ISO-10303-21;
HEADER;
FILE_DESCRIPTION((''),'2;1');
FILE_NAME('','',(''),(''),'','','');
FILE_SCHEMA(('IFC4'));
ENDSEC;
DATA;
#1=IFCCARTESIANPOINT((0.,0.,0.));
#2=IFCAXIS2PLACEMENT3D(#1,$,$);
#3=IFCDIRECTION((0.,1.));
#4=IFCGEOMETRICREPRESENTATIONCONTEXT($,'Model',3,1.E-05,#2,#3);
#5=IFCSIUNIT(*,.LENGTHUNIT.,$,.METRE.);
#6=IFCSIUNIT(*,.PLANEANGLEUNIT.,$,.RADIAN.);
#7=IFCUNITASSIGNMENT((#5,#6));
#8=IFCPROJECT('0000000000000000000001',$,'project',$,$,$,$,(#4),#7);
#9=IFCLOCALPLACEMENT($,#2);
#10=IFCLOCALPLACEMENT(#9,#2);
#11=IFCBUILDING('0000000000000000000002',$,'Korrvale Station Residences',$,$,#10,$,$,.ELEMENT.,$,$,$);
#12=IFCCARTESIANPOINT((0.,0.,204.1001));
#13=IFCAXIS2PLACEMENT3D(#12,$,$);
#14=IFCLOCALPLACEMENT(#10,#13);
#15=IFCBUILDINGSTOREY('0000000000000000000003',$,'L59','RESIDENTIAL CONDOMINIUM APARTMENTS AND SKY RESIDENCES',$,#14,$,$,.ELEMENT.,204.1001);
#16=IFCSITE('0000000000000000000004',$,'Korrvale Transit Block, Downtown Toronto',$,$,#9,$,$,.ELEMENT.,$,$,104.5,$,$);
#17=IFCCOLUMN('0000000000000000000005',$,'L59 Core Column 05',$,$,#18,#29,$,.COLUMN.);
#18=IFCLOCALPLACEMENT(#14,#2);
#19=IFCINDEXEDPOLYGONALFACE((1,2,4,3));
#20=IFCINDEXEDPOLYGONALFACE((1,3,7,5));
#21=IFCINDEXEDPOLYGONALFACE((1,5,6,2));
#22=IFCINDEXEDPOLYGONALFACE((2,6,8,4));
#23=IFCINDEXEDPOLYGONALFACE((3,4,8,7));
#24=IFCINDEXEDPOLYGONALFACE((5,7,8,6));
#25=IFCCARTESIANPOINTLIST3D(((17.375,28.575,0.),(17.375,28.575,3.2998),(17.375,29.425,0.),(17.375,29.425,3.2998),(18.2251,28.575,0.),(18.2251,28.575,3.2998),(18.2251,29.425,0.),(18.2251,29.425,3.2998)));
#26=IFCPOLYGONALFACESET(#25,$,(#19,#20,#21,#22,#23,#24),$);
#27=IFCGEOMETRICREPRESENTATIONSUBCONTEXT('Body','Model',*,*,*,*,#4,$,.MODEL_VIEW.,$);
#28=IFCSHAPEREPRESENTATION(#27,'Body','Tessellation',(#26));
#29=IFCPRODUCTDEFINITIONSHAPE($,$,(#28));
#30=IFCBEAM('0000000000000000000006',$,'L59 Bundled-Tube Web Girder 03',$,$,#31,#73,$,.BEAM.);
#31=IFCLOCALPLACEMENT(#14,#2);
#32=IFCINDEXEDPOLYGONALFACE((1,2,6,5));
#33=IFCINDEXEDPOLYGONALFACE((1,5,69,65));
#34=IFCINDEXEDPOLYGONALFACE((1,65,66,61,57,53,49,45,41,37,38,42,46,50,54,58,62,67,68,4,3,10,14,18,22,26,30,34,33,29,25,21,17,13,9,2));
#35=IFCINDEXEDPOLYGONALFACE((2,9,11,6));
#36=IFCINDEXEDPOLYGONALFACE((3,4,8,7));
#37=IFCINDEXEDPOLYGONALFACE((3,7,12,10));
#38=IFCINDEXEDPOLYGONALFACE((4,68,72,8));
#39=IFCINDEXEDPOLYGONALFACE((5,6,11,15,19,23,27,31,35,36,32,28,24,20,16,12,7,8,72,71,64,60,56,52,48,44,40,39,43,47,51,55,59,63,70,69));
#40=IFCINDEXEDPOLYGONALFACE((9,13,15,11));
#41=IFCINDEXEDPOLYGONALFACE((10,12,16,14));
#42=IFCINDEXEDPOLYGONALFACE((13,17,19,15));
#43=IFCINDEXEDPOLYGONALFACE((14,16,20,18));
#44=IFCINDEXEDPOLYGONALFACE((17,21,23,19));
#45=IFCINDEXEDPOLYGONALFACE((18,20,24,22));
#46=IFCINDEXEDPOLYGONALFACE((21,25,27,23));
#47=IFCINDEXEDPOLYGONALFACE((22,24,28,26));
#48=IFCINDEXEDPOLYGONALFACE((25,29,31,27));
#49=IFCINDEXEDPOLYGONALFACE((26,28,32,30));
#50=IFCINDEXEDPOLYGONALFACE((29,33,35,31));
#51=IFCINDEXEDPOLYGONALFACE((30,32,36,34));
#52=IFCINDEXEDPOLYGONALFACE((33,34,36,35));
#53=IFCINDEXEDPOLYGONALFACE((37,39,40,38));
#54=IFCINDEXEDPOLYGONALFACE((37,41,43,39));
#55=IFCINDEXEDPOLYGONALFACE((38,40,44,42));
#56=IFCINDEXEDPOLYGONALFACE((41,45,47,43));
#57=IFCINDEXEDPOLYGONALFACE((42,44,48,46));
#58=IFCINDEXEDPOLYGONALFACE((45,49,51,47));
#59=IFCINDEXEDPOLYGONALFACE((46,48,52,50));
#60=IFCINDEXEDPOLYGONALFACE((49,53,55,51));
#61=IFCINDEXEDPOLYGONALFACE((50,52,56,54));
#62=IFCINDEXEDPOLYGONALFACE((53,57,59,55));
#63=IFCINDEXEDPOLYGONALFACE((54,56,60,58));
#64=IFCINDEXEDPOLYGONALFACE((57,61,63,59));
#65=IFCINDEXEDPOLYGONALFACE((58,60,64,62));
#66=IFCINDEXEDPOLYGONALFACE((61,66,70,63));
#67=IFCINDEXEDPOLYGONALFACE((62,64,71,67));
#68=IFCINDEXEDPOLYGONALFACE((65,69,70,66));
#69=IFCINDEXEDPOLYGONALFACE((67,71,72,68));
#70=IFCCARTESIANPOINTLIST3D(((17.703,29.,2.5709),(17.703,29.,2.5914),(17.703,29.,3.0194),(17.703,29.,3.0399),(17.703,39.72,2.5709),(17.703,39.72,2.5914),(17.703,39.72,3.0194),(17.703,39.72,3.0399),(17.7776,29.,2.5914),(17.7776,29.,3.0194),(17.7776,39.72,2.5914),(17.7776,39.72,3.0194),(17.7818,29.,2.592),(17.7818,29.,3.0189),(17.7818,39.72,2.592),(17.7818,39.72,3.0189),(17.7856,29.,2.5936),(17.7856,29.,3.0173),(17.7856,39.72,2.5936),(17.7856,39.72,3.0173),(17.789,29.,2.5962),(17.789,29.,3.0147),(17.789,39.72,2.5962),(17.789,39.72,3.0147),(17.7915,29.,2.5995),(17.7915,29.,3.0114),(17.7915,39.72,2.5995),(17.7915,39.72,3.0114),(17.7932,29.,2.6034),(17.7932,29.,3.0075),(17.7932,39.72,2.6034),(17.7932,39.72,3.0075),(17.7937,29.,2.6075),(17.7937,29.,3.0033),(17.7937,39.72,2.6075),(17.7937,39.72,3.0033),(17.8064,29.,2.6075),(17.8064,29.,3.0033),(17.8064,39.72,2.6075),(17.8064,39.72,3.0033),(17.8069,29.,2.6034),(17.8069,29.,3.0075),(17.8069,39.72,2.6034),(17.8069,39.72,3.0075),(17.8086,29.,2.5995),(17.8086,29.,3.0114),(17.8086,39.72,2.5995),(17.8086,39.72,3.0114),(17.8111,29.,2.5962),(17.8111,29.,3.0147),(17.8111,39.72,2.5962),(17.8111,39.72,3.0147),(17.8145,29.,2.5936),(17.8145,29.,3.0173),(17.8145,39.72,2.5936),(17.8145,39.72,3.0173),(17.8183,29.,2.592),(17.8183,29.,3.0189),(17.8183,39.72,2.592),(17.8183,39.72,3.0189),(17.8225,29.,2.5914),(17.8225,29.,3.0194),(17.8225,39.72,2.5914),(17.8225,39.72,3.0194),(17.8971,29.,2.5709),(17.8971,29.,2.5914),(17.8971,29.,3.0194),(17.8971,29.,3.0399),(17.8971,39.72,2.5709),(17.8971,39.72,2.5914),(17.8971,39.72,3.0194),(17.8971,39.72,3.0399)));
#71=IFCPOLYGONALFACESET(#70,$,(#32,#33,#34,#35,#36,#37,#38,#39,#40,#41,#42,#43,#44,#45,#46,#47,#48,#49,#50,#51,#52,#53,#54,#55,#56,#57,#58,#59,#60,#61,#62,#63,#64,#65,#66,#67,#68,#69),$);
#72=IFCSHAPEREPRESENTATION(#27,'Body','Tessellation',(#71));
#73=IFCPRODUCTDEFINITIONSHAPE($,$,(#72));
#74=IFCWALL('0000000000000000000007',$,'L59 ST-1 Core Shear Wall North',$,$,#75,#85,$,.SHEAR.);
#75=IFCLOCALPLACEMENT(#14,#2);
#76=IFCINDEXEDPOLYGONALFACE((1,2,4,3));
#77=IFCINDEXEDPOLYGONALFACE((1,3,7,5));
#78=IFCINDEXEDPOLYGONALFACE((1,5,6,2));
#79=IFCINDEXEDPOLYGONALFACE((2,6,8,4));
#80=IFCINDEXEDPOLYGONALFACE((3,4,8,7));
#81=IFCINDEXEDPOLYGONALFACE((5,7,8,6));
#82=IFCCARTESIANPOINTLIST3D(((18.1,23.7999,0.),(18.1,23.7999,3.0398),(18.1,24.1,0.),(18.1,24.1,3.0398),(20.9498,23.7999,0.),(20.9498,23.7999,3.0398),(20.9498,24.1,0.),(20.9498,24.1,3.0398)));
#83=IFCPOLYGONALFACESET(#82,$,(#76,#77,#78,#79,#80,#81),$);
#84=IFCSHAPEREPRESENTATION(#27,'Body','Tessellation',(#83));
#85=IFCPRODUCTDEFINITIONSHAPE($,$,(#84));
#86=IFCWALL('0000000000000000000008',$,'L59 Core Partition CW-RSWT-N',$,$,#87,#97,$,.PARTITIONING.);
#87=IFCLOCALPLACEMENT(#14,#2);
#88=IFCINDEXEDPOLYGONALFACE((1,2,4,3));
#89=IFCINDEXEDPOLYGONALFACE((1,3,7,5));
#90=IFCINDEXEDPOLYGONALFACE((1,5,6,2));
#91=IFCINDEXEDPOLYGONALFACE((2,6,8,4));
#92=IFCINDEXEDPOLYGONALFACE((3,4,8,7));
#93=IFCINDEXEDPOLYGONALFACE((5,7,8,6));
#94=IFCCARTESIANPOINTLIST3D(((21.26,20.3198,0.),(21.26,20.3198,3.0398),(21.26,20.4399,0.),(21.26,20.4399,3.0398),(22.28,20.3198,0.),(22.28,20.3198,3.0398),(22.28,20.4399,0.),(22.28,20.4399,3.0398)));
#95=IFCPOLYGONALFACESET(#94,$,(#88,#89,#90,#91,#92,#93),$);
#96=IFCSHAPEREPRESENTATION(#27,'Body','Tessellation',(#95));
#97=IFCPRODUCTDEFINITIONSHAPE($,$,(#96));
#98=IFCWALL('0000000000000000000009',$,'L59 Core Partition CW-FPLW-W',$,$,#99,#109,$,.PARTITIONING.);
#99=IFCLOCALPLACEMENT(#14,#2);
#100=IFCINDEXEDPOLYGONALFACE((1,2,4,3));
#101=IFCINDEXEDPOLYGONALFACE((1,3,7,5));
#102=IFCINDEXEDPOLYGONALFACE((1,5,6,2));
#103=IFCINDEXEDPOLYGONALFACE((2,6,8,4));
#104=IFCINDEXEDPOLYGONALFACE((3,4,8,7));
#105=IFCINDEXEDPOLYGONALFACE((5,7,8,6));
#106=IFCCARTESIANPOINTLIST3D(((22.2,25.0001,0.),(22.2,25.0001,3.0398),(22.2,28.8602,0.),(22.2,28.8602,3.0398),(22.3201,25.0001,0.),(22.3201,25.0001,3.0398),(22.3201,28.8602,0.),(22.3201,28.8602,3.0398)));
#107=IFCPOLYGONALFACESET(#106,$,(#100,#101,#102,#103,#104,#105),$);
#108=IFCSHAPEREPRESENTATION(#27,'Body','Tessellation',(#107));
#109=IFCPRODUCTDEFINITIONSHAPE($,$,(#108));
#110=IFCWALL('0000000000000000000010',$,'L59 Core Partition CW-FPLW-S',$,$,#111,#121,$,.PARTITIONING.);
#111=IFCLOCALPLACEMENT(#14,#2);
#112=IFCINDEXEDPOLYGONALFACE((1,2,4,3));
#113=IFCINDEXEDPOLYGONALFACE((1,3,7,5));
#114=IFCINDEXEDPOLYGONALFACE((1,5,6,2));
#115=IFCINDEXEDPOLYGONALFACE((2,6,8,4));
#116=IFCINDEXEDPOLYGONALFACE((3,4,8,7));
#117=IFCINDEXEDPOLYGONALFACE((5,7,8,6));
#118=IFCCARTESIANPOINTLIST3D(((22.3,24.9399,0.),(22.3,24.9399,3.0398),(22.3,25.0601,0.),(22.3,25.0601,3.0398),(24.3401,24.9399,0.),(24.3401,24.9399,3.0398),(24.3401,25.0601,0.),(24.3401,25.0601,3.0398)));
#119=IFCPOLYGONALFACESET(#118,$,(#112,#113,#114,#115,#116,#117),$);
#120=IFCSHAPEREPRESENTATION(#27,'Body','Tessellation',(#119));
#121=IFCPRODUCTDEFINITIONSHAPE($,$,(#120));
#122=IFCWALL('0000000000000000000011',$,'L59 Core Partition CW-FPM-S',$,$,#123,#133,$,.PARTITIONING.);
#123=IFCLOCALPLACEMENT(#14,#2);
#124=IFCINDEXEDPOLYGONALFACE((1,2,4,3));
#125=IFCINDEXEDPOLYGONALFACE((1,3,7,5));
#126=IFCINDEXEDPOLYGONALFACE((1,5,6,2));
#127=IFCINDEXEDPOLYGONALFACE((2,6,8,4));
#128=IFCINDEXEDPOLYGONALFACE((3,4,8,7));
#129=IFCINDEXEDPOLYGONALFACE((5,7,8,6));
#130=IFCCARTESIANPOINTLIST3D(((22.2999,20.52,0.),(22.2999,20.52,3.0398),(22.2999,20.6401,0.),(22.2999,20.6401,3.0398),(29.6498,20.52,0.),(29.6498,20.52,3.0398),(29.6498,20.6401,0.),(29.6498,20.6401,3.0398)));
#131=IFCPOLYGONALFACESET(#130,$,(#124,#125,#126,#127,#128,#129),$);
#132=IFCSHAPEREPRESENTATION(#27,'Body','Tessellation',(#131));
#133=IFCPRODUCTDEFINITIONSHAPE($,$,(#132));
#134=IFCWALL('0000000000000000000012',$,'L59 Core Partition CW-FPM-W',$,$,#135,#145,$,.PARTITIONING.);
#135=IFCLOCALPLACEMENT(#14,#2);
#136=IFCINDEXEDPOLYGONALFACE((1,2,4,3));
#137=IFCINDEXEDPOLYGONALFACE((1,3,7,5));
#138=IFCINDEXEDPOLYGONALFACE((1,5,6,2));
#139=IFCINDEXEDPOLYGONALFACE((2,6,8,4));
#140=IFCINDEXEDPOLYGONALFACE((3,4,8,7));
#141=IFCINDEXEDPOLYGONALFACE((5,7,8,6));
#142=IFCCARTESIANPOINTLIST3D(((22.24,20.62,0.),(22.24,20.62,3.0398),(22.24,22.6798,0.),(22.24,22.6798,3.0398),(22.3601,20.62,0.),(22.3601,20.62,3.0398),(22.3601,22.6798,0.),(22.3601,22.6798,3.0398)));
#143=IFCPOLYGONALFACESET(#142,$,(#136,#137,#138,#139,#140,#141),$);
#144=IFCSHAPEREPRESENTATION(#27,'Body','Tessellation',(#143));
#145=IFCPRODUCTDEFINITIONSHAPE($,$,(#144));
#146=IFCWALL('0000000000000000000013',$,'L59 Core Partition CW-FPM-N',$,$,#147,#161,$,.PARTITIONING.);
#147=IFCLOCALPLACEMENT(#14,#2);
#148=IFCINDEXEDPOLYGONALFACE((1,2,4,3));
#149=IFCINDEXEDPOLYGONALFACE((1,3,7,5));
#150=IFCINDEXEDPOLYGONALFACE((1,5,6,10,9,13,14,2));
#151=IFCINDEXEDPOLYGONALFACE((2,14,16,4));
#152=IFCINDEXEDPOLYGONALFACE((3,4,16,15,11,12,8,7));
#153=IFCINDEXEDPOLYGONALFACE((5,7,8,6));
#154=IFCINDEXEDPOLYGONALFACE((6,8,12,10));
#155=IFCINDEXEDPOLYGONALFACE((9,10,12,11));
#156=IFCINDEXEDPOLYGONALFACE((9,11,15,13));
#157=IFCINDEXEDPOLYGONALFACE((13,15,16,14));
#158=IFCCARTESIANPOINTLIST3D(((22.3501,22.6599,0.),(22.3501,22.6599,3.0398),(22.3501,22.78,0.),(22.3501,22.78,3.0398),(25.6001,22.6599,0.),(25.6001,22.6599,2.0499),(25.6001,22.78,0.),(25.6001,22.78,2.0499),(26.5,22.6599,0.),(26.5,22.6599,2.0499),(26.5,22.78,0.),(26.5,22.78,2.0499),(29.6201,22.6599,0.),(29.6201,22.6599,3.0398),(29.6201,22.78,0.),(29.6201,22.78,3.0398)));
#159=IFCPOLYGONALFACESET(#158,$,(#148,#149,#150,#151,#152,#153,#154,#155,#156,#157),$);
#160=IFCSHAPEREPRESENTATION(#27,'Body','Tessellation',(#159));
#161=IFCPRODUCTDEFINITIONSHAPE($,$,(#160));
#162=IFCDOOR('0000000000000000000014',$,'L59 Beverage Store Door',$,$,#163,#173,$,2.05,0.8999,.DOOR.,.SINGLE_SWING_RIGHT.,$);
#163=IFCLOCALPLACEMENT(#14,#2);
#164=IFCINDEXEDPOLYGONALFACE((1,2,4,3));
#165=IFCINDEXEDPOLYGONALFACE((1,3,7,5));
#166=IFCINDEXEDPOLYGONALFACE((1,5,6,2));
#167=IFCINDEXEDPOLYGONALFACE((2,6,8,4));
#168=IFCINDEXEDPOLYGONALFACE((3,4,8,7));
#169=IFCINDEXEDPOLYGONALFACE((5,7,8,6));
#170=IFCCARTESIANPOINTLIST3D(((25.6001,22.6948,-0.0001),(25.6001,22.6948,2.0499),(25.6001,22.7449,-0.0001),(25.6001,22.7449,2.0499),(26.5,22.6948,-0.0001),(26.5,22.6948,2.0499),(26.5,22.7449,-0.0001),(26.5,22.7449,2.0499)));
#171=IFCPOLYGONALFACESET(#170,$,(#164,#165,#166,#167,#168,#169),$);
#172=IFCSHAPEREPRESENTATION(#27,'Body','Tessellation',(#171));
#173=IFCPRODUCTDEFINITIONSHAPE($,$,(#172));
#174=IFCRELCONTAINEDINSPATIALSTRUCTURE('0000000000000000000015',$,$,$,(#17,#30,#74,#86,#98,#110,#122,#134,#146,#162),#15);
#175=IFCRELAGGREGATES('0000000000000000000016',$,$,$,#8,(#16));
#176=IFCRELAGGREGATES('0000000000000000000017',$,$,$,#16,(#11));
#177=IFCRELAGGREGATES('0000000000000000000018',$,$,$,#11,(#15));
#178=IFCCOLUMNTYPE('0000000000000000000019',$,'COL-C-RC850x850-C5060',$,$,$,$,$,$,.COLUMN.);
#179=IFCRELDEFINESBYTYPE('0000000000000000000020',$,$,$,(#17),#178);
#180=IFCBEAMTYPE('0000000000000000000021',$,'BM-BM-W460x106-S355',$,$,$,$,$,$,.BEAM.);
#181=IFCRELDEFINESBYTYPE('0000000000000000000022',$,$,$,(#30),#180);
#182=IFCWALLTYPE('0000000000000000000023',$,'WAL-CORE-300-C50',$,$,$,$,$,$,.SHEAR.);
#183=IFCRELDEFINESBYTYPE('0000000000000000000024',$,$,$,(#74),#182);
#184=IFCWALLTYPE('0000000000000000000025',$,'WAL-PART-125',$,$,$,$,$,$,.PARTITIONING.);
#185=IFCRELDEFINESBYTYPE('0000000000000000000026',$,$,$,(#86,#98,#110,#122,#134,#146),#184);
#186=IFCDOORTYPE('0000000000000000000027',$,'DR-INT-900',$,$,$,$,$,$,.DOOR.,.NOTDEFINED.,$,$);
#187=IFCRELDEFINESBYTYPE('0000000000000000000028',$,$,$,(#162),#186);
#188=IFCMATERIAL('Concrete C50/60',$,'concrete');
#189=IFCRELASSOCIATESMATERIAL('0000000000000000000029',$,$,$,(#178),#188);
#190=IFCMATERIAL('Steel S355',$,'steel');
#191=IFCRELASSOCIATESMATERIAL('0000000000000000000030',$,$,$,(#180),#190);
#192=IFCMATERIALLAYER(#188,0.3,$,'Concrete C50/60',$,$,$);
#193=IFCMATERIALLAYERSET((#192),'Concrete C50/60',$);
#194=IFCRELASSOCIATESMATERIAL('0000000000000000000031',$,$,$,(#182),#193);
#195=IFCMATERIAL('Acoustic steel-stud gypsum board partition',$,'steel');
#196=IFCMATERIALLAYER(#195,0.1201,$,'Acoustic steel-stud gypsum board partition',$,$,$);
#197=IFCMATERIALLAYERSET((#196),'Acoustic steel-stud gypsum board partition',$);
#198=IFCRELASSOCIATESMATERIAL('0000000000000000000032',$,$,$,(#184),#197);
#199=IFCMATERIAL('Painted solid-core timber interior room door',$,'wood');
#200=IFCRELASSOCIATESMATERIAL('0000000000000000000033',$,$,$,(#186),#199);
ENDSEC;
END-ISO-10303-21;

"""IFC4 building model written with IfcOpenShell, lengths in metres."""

from ifc_helpers import new_model, si_unit, direction, frame, frame_2d, origin, origin_2d, place, context, subcontext, project, spatial, rectangle, i_section, extrude, material, layer, layer_set, material_profile, profile_set, type_object, element, fill, save


model = new_model("IFC4")

# Units and contexts
model_context = context("Model", 3, precision=1e-05, world=origin(), true_north=direction((0.0, 1.0)))
body_context = subcontext(model_context, "Body", "Model", "MODEL_VIEW")
ifc_project = project(units=[si_unit("LENGTHUNIT", "METRE"), si_unit("PLANEANGLEUNIT", "RADIAN")], contexts=[model_context])

# Site, building, storey
site_placement = place(None, origin())
site = spatial("IfcSite", under=ifc_project, at=site_placement, Name="Korrvale Transit Block, Downtown Toronto", CompositionType="ELEMENT", RefElevation=104.5)
building_placement = place(site_placement, origin())
building = spatial("IfcBuilding", under=site, at=building_placement, Name="Korrvale Station Residences", CompositionType="ELEMENT")
storey_placement = place(building_placement, frame((0.0, 0.0, 204.1001)))
storey = spatial("IfcBuildingStorey", under=building, at=storey_placement, Name="L59", Description="RESIDENTIAL CONDOMINIUM APARTMENTS AND SKY RESIDENCES", CompositionType="ELEMENT", Elevation=204.1001)

# Column
ifc_material_1 = material(Name="Concrete C50/60", Category="concrete")
ifc_material_profile_1 = material_profile(ifc_material_1, rectangle(XDim=0.8501, YDim=0.8501, at=origin_2d()), Name="RC850x850")
ifc_profile_set_1 = profile_set([ifc_material_profile_1], Name="Concrete C50/60")
column_type = type_object("IfcColumnType", Name="COL-C-RC850x850-C5060", PredefinedType="COLUMN", material=ifc_profile_set_1)
column_placement = place(storey_placement, frame((17.8, 29.0, 0.0), z_axis=(0.0, 0.0, 1.0), x_axis=(1.0, 0.0, 0.0)))
element("IfcColumn", 1, at=column_placement, inside=storey, type_object=column_type, Name="L59 Core Column 05", PredefinedType="COLUMN", context=body_context, shape_type="SweptSolid", body=[
    extrude(rectangle(XDim=0.8501, YDim=0.8501, at=origin_2d()), origin(), (0.0, 0.0, 1.0), 3.2998),
])

# Beam
ifc_material_2 = material(Name="Steel S355", Category="steel")
ifc_material_profile_2 = material_profile(ifc_material_2, i_section(OverallWidth=0.1941, OverallDepth=0.469, WebThickness=0.0127, FlangeThickness=0.0205, FilletRadius=0.0161, at=origin_2d()), Name="W460x106")
ifc_profile_set_2 = profile_set([ifc_material_profile_2], Name="Steel S355")
beam_type = type_object("IfcBeamType", Name="BM-BM-W460x106-S355", PredefinedType="BEAM", material=ifc_profile_set_2)
beam_placement = place(storey_placement, frame((17.8, 29.0, 2.8054), z_axis=(0.0, 1.0, 0.0), x_axis=(-1.0, 0.0, 0.0)))
element("IfcBeam", 2, at=beam_placement, inside=storey, type_object=beam_type, Name="L59 Bundled-Tube Web Girder 03", PredefinedType="BEAM", context=body_context, shape_type="SweptSolid", body=[
    extrude(i_section(OverallWidth=0.1941, OverallDepth=0.469, WebThickness=0.0127, FlangeThickness=0.0205, FilletRadius=0.0161, at=origin_2d()), origin(), (0.0, 0.0, 1.0), 10.72),
])

# Walls
ifc_layer_1 = layer(ifc_material_1, 0.3, Name="Concrete C50/60")
ifc_layer_set_1 = layer_set([ifc_layer_1], Name="Concrete C50/60")
wall_type_1 = type_object("IfcWallType", Name="WAL-CORE-300-C50", PredefinedType="SHEAR", material=ifc_layer_set_1)
wall_1_placement = place(storey_placement, frame((18.1001, 23.95, 0.0), z_axis=(0.0, 0.0, 1.0), x_axis=(1.0, 0.0, 0.0)))
element("IfcWall", 3, at=wall_1_placement, inside=storey, type_object=wall_type_1, Name="L59 ST-1 Core Shear Wall North", PredefinedType="SHEAR", context=body_context, shape_type="SweptSolid", body=[
    extrude(rectangle(XDim=2.8499, YDim=0.3, at=frame_2d((1.4248, 0.0))), origin(), (0.0, 0.0, 1.0), 3.0398),
])
ifc_material_3 = material(Name="Acoustic steel-stud gypsum board partition", Category="steel")
ifc_layer_2 = layer(ifc_material_3, 0.1201, Name="Acoustic steel-stud gypsum board partition")
ifc_layer_set_2 = layer_set([ifc_layer_2], Name="Acoustic steel-stud gypsum board partition")
wall_type_2 = type_object("IfcWallType", Name="WAL-PART-125", PredefinedType="PARTITIONING", material=ifc_layer_set_2)
wall_2_placement = place(storey_placement, frame((22.28, 20.3799, 0.0), z_axis=(0.0, 0.0, 1.0), x_axis=(-1.0, 0.0, 0.0)))
element("IfcWall", 4, at=wall_2_placement, inside=storey, type_object=wall_type_2, Name="L59 Core Partition CW-RSWT-N", PredefinedType="PARTITIONING", context=body_context, shape_type="SweptSolid", body=[
    extrude(rectangle(XDim=1.02, YDim=0.1201, at=frame_2d((0.51, 0.0))), origin(), (0.0, 0.0, 1.0), 3.0398),
])
wall_3_placement = place(storey_placement, frame((22.26, 25.0, 0.0), z_axis=(0.0, 0.0, 1.0), x_axis=(0.0, 1.0, 0.0)))
element("IfcWall", 5, at=wall_3_placement, inside=storey, type_object=wall_type_2, Name="L59 Core Partition CW-FPLW-W", PredefinedType="PARTITIONING", context=body_context, shape_type="SweptSolid", body=[
    extrude(rectangle(XDim=3.8601, YDim=0.1201, at=frame_2d((1.9302, 0.0))), origin(), (0.0, 0.0, 1.0), 3.0398),
])
wall_4_placement = place(storey_placement, frame((22.3, 25.0, 0.0), z_axis=(0.0, 0.0, 1.0), x_axis=(1.0, 0.0, 0.0)))
element("IfcWall", 6, at=wall_4_placement, inside=storey, type_object=wall_type_2, Name="L59 Core Partition CW-FPLW-S", PredefinedType="PARTITIONING", context=body_context, shape_type="SweptSolid", body=[
    extrude(rectangle(XDim=2.04, YDim=0.1201, at=frame_2d((1.02, 0.0))), origin(), (0.0, 0.0, 1.0), 3.0398),
])
wall_5_placement = place(storey_placement, frame((22.3, 20.5801, 0.0), z_axis=(0.0, 0.0, 1.0), x_axis=(1.0, 0.0, 0.0)))
element("IfcWall", 7, at=wall_5_placement, inside=storey, type_object=wall_type_2, Name="L59 Core Partition CW-FPM-S", PredefinedType="PARTITIONING", context=body_context, shape_type="SweptSolid", body=[
    extrude(rectangle(XDim=7.3499, YDim=0.1201, at=frame_2d((3.6748, 0.0))), origin(), (0.0, 0.0, 1.0), 3.0398),
])
wall_6_placement = place(storey_placement, frame((22.3, 20.6201, 0.0), z_axis=(0.0, 0.0, 1.0), x_axis=(0.0, 1.0, 0.0)))
element("IfcWall", 8, at=wall_6_placement, inside=storey, type_object=wall_type_2, Name="L59 Core Partition CW-FPM-W", PredefinedType="PARTITIONING", context=body_context, shape_type="SweptSolid", body=[
    extrude(rectangle(XDim=2.0598, YDim=0.1201, at=frame_2d((1.0298, 0.0))), origin(), (0.0, 0.0, 1.0), 3.0398),
])

# Wall, opening, door
wall_7_placement = place(storey_placement, frame((22.3501, 22.72, 0.0), z_axis=(0.0, 0.0, 1.0), x_axis=(1.0, 0.0, 0.0)))
wall_7 = element("IfcWall", 9, at=wall_7_placement, inside=storey, type_object=wall_type_2, Name="L59 Core Partition CW-FPM-N", PredefinedType="PARTITIONING", context=body_context, shape_type="SweptSolid", body=[
    extrude(rectangle(XDim=7.27, YDim=0.1201, at=frame_2d((3.635, 0.0))), origin(), (0.0, 0.0, 1.0), 3.0398),
])
opening_1_placement = place(wall_7_placement, frame((3.25, 0.0, 0.0)))
opening_1 = element("IfcOpeningElement", 10, at=opening_1_placement, cuts=wall_7, PredefinedType="OPENING", context=body_context, shape_type="SweptSolid", body=[
    extrude(rectangle(XDim=0.8999, YDim=2.05, at=frame_2d((0.45, 1.0249))), frame((0.0, 0.0701, 0.0), z_axis=(0.0, -1.0, 0.0), x_axis=(1.0, 0.0, 0.0)), (0.0, 0.0, 1.0), 0.1401),
])
ifc_material_4 = material(Name="Painted solid-core timber interior room door", Category="wood")
door_type_1 = type_object("IfcDoorType", Name="DR-INT-900", OperationType="NOTDEFINED", PredefinedType="DOOR", material=ifc_material_4)
door_1_placement = place(opening_1_placement, origin())
door_1 = element("IfcDoor", 11, at=door_1_placement, inside=storey, type_object=door_type_1, Name="L59 Beverage Store Door", OperationType="SINGLE_SWING_RIGHT", OverallHeight=2.05, OverallWidth=0.8999, PredefinedType="DOOR", context=body_context, shape_type="SweptSolid", body=[
    extrude(rectangle(XDim=0.8999, YDim=2.05, at=frame_2d((0.45, 1.0249))), frame((0.0, 0.0249, 0.0), z_axis=(0.0, -1.0, 0.0), x_axis=(1.0, 0.0, 0.0)), (0.0, 0.0, 1.0), 0.05),
])
fill(opening_1, door_1)

save(model, "model.ifc")
